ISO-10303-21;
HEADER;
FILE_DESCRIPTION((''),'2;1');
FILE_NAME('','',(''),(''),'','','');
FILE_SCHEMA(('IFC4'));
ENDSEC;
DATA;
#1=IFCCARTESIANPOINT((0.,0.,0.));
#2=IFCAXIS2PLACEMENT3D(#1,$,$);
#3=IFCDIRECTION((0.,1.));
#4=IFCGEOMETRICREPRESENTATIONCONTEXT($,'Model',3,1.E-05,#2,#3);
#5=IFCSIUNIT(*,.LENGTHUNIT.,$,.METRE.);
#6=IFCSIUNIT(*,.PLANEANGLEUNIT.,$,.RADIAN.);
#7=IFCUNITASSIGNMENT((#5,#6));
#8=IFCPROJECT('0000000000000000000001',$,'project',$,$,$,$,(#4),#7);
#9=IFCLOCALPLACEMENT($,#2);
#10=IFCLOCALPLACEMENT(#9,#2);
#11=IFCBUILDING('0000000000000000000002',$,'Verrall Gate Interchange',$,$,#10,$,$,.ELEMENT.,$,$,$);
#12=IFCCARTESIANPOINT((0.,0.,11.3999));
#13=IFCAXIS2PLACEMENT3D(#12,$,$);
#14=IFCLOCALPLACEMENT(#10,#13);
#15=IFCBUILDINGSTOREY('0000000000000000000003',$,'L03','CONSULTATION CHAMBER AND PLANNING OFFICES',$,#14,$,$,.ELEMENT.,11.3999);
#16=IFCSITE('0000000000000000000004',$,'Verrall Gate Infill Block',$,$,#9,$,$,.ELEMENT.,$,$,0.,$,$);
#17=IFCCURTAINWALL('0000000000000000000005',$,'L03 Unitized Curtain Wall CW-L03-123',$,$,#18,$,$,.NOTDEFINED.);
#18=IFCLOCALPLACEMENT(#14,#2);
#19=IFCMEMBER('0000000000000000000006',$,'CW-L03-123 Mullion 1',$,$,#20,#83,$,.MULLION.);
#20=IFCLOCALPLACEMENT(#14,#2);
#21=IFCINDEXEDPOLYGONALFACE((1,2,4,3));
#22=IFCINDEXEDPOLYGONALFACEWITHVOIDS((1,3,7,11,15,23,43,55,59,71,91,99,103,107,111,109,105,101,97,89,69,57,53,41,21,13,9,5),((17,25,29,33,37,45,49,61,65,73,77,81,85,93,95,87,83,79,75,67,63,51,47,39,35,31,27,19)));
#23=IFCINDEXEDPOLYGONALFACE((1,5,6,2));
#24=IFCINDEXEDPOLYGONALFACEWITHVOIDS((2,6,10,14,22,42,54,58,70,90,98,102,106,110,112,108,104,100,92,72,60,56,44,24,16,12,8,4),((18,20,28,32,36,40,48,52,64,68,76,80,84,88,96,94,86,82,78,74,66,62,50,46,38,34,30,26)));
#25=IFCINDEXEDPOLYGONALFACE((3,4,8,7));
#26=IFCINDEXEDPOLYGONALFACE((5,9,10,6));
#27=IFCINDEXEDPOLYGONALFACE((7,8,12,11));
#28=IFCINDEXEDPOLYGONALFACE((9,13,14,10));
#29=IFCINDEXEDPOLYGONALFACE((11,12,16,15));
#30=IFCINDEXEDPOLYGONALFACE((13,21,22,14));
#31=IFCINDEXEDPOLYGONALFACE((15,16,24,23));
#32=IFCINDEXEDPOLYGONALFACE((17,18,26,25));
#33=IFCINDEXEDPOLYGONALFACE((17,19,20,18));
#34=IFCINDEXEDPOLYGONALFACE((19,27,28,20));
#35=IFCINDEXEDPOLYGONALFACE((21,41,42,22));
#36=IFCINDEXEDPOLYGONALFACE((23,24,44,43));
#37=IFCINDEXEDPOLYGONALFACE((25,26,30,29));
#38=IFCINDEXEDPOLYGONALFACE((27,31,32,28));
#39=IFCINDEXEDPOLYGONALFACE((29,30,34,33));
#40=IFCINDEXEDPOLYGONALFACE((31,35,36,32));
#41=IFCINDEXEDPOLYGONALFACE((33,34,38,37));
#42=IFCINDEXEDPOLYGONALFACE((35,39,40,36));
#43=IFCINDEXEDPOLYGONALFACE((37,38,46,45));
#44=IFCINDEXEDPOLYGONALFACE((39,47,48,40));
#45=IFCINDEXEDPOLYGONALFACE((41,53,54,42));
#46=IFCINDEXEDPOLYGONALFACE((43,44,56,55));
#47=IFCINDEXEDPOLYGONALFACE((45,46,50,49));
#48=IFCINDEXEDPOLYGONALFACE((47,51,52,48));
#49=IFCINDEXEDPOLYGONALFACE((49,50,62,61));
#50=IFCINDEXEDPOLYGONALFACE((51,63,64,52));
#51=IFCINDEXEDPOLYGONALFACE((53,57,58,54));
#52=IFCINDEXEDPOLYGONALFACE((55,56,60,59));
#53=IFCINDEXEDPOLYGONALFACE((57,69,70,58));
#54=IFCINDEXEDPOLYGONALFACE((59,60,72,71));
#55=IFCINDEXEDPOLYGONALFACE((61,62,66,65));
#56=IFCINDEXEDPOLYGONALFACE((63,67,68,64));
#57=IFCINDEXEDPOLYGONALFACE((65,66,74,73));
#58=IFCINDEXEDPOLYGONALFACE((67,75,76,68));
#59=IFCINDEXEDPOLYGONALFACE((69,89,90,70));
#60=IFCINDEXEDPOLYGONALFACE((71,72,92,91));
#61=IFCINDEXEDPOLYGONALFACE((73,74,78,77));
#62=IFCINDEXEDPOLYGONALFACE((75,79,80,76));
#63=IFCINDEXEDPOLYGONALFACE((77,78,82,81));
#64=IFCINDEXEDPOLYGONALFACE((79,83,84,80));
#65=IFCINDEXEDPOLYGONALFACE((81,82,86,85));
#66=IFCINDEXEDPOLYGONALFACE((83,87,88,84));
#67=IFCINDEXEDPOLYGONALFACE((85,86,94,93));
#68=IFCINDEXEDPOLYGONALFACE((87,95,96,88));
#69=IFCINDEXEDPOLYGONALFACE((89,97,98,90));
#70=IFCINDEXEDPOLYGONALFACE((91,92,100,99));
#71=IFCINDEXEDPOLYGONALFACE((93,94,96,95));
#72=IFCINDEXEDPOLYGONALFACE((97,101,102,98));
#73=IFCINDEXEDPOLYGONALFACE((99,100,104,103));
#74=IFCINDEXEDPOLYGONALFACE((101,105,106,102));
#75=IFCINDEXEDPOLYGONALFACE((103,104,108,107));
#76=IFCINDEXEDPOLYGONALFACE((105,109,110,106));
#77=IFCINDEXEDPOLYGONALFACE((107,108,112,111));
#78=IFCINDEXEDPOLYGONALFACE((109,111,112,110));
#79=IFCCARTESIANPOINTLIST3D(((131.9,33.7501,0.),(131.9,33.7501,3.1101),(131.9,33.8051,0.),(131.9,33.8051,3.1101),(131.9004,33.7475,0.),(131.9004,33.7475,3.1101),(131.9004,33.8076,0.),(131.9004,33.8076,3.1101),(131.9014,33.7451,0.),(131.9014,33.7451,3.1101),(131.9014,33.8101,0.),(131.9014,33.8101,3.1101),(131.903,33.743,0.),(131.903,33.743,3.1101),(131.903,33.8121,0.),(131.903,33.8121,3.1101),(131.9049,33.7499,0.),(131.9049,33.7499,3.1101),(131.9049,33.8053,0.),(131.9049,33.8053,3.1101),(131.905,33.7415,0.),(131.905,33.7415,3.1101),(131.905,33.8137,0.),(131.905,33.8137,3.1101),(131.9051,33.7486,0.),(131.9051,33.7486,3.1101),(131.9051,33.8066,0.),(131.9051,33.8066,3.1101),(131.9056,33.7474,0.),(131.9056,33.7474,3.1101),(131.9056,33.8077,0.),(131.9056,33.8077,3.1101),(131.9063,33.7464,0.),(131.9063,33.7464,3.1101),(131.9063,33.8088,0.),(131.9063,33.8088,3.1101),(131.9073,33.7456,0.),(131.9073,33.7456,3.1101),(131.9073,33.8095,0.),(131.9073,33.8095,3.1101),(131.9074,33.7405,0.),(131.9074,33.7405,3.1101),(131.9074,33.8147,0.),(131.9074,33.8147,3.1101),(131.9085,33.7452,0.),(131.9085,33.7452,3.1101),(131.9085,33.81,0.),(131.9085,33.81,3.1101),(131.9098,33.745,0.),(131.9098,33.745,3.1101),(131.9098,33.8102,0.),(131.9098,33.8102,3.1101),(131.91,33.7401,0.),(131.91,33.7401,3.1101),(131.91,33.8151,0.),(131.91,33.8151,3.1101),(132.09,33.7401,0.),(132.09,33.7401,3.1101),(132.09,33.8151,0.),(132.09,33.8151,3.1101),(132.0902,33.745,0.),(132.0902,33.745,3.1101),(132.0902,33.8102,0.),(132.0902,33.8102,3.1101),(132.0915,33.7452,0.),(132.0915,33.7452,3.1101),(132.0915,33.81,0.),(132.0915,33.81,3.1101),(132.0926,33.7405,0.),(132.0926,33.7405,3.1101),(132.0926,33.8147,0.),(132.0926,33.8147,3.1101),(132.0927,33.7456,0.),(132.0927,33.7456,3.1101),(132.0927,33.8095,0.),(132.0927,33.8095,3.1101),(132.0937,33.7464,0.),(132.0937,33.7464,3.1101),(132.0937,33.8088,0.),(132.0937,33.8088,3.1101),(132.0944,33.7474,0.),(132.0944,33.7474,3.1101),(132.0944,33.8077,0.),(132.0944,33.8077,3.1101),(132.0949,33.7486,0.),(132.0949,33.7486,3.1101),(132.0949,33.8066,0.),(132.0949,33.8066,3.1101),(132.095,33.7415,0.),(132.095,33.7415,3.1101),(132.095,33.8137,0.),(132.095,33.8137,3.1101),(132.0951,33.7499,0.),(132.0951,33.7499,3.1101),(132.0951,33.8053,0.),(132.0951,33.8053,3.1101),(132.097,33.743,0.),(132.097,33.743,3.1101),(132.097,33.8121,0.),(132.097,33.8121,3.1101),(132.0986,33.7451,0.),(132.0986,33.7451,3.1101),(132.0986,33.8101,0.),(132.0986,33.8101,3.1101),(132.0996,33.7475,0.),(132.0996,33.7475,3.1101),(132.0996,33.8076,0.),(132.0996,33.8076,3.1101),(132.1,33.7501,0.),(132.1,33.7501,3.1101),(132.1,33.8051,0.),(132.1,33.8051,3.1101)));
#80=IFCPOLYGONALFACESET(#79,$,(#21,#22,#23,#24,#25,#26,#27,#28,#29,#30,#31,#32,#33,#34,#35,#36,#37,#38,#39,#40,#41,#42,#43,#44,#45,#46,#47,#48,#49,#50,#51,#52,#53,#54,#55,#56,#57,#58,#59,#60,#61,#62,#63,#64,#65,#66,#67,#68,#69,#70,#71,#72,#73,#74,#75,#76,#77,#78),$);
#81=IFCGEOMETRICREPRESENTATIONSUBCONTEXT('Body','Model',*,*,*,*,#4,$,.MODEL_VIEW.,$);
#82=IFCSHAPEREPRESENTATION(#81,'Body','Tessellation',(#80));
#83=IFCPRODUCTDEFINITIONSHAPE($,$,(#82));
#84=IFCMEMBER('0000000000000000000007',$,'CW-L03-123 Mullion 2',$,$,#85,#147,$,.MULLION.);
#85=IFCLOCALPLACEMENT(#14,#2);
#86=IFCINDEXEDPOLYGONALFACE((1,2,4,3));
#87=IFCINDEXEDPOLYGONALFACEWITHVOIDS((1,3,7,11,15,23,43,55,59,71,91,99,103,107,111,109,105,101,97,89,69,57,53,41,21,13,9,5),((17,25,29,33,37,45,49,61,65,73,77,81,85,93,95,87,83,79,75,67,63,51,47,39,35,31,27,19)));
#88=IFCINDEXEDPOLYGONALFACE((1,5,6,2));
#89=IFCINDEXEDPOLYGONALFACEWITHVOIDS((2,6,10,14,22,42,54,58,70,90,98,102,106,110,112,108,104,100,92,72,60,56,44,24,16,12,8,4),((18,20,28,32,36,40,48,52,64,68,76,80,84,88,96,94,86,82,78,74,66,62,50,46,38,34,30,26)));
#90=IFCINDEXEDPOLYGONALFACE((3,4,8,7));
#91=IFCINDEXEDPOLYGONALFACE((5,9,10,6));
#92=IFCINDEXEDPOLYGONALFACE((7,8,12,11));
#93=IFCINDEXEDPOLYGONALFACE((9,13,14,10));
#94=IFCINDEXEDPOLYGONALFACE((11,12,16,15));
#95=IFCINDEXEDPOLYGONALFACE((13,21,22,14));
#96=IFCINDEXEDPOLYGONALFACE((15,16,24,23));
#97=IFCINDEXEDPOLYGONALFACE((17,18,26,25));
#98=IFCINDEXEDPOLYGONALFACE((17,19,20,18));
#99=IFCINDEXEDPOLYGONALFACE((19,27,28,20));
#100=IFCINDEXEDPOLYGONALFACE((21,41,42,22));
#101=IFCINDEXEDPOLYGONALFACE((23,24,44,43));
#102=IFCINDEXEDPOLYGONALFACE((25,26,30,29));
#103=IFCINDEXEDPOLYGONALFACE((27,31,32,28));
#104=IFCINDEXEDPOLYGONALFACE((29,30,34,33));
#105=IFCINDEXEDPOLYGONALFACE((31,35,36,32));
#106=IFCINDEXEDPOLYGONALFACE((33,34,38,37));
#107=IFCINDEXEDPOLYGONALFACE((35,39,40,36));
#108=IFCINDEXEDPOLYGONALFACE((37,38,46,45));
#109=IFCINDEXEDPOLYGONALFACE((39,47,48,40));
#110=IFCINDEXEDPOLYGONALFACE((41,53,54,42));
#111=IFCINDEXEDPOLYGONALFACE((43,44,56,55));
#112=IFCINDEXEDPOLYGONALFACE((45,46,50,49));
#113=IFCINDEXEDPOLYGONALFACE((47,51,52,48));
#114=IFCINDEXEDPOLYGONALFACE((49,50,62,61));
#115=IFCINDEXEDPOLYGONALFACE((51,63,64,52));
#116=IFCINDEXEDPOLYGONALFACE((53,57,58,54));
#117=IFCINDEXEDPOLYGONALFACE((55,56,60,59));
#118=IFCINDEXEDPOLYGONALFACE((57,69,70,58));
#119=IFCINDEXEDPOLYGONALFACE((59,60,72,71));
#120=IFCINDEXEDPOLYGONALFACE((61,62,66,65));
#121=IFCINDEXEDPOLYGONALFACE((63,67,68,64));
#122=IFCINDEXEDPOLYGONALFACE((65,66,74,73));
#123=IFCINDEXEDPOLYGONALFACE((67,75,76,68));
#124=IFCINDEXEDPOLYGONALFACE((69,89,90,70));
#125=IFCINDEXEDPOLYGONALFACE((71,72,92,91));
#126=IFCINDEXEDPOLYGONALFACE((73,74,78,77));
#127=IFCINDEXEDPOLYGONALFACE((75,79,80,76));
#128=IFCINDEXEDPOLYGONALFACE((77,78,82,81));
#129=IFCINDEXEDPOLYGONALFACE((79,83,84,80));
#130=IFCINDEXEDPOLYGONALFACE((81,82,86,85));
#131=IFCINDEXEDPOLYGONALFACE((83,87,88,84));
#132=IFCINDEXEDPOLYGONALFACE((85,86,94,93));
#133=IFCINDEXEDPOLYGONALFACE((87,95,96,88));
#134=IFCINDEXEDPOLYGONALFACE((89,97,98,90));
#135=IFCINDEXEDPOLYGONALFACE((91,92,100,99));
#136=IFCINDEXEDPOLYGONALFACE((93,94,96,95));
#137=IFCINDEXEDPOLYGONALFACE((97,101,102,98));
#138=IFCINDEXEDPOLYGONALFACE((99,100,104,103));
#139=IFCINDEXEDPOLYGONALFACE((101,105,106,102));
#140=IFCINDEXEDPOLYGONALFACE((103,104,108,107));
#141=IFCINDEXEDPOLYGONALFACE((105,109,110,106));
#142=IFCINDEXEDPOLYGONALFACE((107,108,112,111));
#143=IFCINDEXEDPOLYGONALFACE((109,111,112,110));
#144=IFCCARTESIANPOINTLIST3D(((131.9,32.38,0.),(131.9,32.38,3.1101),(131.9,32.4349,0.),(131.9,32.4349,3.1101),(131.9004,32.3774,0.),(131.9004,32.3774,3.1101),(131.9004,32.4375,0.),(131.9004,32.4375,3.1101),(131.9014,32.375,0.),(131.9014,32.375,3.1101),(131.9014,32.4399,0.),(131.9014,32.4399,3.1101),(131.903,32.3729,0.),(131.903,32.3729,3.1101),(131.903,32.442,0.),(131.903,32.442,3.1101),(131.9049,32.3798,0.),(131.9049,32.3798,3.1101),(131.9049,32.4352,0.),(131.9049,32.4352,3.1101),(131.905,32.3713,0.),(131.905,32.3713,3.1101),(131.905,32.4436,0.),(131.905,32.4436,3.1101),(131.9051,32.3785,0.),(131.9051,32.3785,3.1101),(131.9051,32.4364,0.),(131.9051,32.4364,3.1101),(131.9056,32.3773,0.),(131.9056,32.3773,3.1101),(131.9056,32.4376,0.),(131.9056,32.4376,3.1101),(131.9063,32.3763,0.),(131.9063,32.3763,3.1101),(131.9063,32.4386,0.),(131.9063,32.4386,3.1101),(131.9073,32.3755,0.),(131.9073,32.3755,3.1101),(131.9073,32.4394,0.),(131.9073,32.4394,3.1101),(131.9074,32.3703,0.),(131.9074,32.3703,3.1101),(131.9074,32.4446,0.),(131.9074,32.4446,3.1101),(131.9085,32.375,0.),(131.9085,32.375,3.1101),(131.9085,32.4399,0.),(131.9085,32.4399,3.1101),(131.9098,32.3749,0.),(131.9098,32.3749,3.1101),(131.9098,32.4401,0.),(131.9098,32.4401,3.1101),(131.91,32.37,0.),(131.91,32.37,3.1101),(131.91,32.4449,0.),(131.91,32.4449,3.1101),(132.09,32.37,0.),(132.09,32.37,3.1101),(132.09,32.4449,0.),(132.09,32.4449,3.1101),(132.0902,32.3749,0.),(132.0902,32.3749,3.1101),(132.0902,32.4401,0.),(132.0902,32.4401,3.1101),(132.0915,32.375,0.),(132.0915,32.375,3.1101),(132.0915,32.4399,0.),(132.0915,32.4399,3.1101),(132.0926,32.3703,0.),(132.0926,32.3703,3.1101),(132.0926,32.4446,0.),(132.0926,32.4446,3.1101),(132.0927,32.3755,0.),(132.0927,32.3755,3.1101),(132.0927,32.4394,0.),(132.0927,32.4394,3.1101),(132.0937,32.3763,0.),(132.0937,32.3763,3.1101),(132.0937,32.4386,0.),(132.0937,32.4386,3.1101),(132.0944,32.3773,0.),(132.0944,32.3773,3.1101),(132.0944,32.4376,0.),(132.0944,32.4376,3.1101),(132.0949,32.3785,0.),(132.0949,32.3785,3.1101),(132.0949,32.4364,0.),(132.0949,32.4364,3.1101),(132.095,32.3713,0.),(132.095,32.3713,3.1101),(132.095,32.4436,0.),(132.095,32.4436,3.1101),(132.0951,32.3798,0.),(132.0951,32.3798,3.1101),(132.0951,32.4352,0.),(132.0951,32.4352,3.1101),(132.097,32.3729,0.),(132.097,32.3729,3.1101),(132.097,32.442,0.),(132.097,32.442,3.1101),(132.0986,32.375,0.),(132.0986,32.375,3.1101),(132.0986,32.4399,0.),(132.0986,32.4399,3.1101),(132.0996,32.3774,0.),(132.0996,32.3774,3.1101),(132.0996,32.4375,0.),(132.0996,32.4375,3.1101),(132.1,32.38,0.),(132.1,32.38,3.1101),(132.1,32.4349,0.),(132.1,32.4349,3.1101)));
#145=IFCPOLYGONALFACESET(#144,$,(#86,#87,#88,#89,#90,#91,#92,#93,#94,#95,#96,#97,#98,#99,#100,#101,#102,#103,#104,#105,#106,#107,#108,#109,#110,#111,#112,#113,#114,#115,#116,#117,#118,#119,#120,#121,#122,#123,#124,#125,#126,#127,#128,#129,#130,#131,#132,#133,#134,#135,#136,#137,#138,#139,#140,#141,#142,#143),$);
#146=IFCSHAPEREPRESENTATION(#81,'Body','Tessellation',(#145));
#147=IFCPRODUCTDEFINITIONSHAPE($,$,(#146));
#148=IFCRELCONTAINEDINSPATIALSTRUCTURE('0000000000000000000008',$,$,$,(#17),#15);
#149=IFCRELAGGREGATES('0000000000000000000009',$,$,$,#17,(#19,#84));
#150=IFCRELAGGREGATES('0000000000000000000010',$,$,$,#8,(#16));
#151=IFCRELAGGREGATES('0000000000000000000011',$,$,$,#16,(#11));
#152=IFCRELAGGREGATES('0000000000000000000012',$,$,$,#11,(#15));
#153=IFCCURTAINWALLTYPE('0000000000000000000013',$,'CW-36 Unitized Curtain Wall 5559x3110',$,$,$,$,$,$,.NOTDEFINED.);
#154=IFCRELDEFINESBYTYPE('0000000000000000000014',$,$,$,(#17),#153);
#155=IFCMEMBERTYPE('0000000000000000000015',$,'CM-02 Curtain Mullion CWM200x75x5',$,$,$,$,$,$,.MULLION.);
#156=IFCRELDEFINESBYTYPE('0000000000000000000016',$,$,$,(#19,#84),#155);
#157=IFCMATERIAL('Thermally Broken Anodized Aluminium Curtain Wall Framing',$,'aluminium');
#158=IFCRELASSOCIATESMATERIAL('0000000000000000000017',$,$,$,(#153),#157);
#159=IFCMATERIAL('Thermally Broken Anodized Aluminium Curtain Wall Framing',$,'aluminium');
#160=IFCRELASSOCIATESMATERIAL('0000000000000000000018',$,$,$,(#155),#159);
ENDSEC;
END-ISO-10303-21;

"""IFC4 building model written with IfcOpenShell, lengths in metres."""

from ifc_helpers import new_model, si_unit, direction, frame, origin, origin_2d, place, context, subcontext, project, spatial, hollow_rectangle, extrude, material, material_profile, profile_set, type_object, element, aggregate, save


model = new_model("IFC4")

# Units and contexts
model_context = context("Model", 3, precision=1e-05, world=origin(), true_north=direction((0.0, 1.0)))
body_context = subcontext(model_context, "Body", "Model", "MODEL_VIEW")
ifc_project = project(units=[si_unit("LENGTHUNIT", "METRE"), si_unit("PLANEANGLEUNIT", "RADIAN")], contexts=[model_context])

# Site, building, storey
site_placement = place(None, origin())
site = spatial("IfcSite", under=ifc_project, at=site_placement, Name="Verrall Gate Infill Block", CompositionType="ELEMENT", RefElevation=0.0)
building_placement = place(site_placement, origin())
building = spatial("IfcBuilding", under=site, at=building_placement, Name="Verrall Gate Interchange", CompositionType="ELEMENT")
storey_placement = place(building_placement, frame((0.0, 0.0, 11.3999)))
storey = spatial("IfcBuildingStorey", under=building, at=storey_placement, Name="L03", Description="CONSULTATION CHAMBER AND PLANNING OFFICES", CompositionType="ELEMENT", Elevation=11.3999)

# Curtain wall, members
ifc_material_1 = material(Name="Thermally Broken Anodized Aluminium Curtain Wall Framing", Category="aluminium")
curtain_wall_type = type_object("IfcCurtainWallType", Name="CW-36 Unitized Curtain Wall 5559x3110", PredefinedType="NOTDEFINED", material=ifc_material_1)
curtain_wall_1_placement = place(storey_placement, origin())
curtain_wall_1 = element("IfcCurtainWall", 1, at=curtain_wall_1_placement, inside=storey, type_object=curtain_wall_type, Name="L03 Unitized Curtain Wall CW-L03-123", PredefinedType="NOTDEFINED")
ifc_material_2 = material(Name="Thermally Broken Anodized Aluminium Curtain Wall Framing", Category="aluminium")
ifc_material_profile_1 = material_profile(ifc_material_2, hollow_rectangle(XDim=0.075, YDim=0.2, WallThickness=0.0049, InnerFilletRadius=0.0049, OuterFilletRadius=0.01, at=origin_2d()), Name="CWM200x75x5")
ifc_profile_set_1 = profile_set([ifc_material_profile_1], Name="Thermally Broken Anodized Aluminium Curtain Wall Framing")
member_type_1 = type_object("IfcMemberType", Name="CM-02 Curtain Mullion CWM200x75x5", PredefinedType="MULLION", material=ifc_profile_set_1)
member_1_placement = place(storey_placement, frame((132.0, 33.7776, 0.0), z_axis=(0.0, 0.0, 1.0), x_axis=(0.0, -1.0, 0.0)))
member_1 = element("IfcMember", 2, at=member_1_placement, type_object=member_type_1, Name="CW-L03-123 Mullion 1", PredefinedType="MULLION", context=body_context, shape_type="SweptSolid", body=[
    extrude(hollow_rectangle(XDim=0.075, YDim=0.2, WallThickness=0.0049, InnerFilletRadius=0.0049, OuterFilletRadius=0.01, at=origin_2d()), origin(), (0.0, 0.0, 1.0), 3.1101),
])
member_2_placement = place(storey_placement, frame((132.0, 32.4075, 0.0), z_axis=(0.0, 0.0, 1.0), x_axis=(0.0, -1.0, 0.0)))
member_2 = element("IfcMember", 3, at=member_2_placement, type_object=member_type_1, Name="CW-L03-123 Mullion 2", PredefinedType="MULLION", context=body_context, shape_type="SweptSolid", body=[
    extrude(hollow_rectangle(XDim=0.075, YDim=0.2, WallThickness=0.0049, InnerFilletRadius=0.0049, OuterFilletRadius=0.01, at=origin_2d()), origin(), (0.0, 0.0, 1.0), 3.1101),
])
aggregate(curtain_wall_1, [member_1, member_2])

save(model, "model.ifc")
